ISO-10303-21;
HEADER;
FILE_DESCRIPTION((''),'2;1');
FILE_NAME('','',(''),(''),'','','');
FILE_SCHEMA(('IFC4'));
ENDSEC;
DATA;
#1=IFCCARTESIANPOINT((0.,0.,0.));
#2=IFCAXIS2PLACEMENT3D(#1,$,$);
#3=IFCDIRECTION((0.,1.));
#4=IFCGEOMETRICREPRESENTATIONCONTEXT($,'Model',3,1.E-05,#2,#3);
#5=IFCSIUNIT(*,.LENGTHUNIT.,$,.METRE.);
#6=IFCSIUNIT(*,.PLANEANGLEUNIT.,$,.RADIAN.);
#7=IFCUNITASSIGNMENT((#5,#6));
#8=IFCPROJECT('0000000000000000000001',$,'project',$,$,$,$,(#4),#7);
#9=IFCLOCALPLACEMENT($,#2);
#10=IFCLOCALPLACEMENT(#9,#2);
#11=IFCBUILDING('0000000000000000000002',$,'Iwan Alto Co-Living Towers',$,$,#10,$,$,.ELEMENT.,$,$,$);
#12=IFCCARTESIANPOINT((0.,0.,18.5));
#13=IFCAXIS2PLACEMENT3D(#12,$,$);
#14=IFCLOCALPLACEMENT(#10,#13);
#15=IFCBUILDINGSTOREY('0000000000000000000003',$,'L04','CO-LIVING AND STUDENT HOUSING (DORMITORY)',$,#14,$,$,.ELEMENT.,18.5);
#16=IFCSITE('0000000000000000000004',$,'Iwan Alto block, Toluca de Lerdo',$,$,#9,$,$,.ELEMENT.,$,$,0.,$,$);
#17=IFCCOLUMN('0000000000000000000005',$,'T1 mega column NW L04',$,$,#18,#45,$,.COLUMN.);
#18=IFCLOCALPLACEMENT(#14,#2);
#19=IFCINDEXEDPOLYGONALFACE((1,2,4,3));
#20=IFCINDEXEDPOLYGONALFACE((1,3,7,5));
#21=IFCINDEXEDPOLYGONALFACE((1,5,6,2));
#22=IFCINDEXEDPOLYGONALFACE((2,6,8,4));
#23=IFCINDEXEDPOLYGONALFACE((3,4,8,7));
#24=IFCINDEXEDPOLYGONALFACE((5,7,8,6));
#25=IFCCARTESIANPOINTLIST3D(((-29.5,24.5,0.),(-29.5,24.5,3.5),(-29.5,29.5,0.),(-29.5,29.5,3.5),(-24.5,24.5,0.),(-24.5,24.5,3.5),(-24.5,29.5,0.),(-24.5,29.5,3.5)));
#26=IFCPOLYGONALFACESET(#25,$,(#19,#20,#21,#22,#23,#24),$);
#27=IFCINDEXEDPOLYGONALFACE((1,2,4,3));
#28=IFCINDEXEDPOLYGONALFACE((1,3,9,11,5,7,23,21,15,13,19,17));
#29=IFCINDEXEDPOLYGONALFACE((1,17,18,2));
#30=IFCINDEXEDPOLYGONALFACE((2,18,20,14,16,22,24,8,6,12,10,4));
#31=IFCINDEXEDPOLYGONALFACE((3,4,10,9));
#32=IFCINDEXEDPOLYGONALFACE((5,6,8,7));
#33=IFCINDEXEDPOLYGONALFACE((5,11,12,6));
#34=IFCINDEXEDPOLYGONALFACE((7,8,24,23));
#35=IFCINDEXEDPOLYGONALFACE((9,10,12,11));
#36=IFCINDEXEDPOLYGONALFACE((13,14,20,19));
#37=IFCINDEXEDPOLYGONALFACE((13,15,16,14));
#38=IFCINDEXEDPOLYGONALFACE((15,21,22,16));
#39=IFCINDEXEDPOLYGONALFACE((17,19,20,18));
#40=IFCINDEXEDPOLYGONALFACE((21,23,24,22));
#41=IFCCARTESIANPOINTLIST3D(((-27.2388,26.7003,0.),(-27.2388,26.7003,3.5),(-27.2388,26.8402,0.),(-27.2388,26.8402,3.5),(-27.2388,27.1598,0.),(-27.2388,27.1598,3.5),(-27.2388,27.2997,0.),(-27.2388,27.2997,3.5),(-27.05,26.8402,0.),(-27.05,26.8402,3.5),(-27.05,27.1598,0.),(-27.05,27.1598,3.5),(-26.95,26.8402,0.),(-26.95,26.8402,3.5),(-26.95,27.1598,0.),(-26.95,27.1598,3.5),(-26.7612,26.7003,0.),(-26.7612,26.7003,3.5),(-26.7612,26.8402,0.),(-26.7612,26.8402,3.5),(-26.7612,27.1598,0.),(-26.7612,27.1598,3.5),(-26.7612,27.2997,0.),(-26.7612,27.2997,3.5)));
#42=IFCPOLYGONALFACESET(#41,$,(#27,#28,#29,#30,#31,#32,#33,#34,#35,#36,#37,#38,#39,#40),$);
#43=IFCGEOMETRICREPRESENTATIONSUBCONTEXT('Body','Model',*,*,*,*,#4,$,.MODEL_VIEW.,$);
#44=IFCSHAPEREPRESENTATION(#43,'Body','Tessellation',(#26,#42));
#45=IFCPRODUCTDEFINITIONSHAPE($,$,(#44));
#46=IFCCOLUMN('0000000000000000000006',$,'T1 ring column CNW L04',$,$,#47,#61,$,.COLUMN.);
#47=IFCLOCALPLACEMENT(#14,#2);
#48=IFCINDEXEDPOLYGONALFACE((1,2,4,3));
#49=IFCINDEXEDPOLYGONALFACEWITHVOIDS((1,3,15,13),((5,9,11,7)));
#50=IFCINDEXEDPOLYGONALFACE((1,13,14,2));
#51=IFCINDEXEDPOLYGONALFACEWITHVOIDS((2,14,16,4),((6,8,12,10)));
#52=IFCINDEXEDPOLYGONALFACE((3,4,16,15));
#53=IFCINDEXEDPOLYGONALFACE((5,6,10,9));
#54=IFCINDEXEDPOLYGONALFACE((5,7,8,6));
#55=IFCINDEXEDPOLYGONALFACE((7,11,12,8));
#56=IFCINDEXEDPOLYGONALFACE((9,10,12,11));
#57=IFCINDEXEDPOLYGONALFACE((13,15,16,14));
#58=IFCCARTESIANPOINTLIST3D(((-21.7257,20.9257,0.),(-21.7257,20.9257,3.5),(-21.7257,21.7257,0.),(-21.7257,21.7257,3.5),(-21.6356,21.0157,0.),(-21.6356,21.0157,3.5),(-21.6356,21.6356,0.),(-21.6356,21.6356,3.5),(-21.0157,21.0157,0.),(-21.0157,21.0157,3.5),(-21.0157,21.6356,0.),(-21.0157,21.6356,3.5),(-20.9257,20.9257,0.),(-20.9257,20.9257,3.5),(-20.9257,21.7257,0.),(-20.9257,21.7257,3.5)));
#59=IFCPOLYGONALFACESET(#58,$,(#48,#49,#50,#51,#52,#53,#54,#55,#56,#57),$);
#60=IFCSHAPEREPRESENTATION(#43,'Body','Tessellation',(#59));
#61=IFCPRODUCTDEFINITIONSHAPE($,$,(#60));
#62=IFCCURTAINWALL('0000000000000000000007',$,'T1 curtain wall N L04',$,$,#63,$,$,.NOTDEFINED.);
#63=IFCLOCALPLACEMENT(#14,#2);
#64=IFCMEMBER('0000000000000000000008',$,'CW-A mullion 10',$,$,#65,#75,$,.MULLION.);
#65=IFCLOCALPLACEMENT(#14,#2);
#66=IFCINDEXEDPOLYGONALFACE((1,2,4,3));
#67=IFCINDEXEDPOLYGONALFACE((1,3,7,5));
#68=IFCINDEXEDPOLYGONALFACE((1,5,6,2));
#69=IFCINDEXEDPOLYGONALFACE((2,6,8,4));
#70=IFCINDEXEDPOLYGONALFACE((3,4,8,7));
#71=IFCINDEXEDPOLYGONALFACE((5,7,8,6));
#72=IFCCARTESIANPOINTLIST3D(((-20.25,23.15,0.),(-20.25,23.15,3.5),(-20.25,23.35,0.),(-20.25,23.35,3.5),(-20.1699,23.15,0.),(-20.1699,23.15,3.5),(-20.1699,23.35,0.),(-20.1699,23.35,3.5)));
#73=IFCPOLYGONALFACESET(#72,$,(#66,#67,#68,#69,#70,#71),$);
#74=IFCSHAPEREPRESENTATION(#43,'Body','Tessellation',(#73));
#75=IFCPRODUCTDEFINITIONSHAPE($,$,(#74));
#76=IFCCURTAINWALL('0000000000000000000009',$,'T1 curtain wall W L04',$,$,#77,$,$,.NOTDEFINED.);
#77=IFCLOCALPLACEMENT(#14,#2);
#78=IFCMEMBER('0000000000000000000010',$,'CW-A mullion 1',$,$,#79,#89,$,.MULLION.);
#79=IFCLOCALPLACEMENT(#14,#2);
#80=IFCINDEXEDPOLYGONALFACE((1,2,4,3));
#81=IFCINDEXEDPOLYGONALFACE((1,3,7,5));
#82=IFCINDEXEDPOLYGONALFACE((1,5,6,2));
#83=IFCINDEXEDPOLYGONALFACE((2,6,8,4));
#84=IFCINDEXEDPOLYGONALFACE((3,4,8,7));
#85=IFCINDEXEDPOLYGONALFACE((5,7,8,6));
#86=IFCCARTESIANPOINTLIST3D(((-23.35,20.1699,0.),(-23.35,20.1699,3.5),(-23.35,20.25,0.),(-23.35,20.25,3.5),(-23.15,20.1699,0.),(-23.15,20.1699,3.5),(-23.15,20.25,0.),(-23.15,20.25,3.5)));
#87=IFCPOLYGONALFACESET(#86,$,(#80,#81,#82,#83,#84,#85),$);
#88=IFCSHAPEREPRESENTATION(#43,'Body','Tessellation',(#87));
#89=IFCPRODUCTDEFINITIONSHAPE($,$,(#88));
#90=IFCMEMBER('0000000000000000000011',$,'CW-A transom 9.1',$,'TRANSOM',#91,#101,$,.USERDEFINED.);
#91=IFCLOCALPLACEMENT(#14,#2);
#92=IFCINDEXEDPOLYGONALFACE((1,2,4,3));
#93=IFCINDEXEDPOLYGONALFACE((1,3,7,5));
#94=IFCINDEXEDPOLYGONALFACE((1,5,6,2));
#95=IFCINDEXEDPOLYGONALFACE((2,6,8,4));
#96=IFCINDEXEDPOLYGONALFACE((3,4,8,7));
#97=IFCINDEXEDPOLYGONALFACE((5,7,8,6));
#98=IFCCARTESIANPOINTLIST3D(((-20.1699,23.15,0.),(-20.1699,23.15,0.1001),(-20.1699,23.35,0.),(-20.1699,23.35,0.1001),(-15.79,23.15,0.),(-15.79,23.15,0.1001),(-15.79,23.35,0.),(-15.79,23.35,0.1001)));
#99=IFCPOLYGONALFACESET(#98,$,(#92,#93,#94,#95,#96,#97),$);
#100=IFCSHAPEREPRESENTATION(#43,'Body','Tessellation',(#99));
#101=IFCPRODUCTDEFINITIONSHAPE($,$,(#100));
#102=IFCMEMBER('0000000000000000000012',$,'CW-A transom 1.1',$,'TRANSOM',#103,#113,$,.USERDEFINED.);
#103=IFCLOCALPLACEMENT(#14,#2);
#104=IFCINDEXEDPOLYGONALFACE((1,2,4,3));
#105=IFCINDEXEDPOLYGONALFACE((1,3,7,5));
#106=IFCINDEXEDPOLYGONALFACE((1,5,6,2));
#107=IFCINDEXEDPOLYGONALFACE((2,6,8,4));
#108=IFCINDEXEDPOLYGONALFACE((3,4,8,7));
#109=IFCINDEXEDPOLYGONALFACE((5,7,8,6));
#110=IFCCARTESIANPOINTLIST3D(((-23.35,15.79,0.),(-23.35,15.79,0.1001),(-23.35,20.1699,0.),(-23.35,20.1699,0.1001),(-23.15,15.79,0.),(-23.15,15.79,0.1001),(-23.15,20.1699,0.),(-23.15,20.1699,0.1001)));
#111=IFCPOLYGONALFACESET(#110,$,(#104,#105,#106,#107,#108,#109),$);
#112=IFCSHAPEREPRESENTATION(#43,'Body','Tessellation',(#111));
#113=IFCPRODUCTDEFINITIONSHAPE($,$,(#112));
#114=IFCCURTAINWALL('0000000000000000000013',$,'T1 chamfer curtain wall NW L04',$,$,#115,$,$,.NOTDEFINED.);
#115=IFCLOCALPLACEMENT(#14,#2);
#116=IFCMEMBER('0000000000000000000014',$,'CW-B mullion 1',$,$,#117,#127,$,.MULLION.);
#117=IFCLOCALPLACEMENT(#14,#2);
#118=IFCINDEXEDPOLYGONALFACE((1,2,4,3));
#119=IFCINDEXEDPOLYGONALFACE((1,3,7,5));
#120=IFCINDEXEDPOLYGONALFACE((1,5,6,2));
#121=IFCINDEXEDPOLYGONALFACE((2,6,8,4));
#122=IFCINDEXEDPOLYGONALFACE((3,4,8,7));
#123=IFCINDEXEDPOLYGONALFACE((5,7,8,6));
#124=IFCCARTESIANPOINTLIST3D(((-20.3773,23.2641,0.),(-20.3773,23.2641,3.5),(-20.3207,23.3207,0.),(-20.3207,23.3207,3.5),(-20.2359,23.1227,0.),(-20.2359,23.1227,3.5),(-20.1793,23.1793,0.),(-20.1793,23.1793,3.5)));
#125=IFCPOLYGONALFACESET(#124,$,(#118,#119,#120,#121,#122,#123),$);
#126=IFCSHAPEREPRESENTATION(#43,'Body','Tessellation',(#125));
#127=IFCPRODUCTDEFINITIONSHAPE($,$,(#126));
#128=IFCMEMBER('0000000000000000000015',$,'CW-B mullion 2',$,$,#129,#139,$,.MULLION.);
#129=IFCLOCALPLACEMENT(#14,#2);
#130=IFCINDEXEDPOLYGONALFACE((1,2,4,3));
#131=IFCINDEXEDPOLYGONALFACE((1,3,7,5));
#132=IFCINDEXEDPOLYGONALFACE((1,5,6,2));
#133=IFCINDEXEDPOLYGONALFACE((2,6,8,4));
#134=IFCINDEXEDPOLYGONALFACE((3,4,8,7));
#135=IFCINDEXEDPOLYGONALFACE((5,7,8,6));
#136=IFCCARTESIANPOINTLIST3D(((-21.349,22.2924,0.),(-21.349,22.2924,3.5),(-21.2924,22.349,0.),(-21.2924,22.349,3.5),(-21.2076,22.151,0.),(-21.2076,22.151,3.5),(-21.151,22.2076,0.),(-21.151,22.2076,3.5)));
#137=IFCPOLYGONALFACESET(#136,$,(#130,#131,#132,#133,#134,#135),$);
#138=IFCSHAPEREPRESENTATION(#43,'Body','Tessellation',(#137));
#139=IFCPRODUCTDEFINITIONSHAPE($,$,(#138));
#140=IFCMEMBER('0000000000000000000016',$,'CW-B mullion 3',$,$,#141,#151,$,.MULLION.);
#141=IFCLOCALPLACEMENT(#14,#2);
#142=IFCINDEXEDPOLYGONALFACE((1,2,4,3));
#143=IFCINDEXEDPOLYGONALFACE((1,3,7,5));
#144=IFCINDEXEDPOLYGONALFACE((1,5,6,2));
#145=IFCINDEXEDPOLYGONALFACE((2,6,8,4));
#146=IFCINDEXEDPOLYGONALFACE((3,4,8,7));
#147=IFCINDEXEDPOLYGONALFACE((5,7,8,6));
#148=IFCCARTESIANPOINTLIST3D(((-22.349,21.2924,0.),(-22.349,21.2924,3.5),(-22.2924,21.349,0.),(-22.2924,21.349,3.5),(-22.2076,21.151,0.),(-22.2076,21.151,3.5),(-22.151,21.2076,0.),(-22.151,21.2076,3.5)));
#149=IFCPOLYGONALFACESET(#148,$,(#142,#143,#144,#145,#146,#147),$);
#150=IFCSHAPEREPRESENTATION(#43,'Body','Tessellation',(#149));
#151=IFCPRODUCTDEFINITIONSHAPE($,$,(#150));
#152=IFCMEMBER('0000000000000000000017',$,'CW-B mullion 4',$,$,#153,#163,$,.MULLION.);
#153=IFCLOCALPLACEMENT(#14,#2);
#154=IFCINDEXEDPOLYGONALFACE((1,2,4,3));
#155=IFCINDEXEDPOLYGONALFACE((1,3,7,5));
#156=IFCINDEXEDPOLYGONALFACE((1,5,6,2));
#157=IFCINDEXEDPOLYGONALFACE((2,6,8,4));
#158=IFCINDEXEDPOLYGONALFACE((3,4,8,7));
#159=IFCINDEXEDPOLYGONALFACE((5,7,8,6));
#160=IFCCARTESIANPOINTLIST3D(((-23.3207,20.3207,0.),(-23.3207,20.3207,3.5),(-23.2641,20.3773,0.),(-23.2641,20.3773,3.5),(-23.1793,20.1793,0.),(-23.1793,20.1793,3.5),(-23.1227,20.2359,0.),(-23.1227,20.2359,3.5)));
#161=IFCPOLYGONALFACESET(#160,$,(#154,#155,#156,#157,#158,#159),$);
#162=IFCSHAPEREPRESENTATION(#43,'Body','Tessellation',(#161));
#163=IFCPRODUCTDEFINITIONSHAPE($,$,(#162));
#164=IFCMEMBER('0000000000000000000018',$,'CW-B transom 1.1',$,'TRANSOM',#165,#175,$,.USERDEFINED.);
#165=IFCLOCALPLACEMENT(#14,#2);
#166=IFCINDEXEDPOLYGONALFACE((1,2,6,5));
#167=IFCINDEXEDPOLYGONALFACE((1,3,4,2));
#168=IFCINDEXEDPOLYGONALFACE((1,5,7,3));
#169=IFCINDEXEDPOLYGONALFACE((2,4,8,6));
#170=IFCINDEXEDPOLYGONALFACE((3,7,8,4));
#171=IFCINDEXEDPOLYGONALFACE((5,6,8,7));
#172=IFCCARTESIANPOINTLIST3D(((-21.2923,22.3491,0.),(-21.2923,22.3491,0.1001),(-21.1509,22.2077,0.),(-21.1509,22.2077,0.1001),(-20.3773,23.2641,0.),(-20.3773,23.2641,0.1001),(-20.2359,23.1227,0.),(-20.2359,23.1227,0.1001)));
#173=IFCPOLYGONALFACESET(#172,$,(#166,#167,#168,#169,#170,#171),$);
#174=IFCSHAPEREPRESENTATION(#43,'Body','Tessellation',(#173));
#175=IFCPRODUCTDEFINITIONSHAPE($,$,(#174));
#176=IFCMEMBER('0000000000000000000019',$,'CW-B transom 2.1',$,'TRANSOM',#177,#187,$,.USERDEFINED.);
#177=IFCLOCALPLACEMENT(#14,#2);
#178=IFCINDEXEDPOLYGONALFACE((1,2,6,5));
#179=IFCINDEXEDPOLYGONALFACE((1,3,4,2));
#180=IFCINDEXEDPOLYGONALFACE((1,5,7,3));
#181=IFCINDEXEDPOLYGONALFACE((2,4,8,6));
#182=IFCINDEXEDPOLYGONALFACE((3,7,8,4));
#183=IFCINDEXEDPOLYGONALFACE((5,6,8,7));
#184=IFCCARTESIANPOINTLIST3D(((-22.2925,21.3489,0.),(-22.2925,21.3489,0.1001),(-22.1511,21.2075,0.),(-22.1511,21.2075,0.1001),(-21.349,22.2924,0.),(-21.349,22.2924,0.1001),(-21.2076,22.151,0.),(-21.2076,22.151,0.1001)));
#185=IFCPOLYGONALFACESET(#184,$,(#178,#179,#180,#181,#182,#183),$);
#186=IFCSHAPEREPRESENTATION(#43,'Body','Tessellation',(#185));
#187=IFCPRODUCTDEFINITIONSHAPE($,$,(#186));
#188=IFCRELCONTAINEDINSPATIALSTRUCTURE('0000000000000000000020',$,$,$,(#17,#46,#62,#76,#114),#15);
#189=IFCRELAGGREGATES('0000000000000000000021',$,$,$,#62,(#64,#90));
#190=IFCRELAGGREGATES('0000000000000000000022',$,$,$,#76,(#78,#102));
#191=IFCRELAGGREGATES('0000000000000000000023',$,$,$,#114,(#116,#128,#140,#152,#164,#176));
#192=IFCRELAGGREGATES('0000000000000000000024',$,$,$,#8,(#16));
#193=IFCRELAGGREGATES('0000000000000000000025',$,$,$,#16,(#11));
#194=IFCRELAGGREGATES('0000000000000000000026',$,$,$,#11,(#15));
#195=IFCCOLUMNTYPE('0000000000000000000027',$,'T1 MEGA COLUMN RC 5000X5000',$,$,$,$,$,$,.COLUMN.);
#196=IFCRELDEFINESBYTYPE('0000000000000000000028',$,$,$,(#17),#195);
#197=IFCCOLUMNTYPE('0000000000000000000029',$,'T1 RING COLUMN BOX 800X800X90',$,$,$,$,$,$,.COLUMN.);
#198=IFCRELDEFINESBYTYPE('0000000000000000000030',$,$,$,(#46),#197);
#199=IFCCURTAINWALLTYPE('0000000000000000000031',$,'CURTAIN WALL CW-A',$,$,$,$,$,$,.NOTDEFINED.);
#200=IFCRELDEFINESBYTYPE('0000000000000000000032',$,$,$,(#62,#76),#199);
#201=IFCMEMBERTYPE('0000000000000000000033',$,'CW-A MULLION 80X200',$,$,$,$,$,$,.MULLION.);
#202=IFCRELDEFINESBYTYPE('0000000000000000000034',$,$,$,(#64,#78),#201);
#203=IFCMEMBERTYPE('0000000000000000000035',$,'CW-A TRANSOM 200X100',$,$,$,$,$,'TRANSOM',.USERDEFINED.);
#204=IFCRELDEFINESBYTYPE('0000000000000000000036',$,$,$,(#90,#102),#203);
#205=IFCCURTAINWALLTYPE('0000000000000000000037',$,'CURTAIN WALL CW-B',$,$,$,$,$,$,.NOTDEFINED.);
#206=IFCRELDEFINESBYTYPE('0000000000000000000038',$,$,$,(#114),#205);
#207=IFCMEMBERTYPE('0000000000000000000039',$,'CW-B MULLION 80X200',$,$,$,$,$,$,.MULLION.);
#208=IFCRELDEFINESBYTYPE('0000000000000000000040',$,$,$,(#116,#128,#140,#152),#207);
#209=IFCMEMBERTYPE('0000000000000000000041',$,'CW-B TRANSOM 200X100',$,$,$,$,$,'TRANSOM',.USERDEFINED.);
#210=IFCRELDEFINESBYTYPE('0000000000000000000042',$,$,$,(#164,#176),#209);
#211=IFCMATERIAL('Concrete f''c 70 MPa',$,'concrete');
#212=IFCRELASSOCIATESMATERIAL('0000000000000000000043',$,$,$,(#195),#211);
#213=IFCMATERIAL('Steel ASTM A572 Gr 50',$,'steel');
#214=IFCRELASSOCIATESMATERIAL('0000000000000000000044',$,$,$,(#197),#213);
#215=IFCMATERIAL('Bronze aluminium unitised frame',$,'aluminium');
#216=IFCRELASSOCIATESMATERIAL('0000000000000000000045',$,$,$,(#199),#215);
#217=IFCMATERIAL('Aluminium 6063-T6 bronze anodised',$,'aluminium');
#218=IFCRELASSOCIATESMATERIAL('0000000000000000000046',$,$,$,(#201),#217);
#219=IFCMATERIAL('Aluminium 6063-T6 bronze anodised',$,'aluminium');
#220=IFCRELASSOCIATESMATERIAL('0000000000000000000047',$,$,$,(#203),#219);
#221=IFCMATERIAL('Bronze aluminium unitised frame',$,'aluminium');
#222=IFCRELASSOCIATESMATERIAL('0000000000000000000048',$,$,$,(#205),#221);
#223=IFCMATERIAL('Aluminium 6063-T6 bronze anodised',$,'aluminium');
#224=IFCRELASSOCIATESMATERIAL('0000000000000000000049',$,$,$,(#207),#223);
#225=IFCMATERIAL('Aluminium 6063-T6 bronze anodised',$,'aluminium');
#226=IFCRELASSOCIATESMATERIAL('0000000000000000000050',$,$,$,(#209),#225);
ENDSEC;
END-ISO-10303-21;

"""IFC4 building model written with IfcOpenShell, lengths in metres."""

from ifc_helpers import new_model, si_unit, direction, frame, origin, origin_2d, place, context, subcontext, project, spatial, rectangle, hollow_rectangle, i_section, extrude, material, material_profile, profile_set, type_object, element, aggregate, save


model = new_model("IFC4")

# Units and contexts
model_context = context("Model", 3, precision=1e-05, world=origin(), true_north=direction((0.0, 1.0)))
body_context = subcontext(model_context, "Body", "Model", "MODEL_VIEW")
ifc_project = project(units=[si_unit("LENGTHUNIT", "METRE"), si_unit("PLANEANGLEUNIT", "RADIAN")], contexts=[model_context])

# Site, building, storey
site_placement = place(None, origin())
site = spatial("IfcSite", under=ifc_project, at=site_placement, Name="Iwan Alto block, Toluca de Lerdo", CompositionType="ELEMENT", RefElevation=0.0)
building_placement = place(site_placement, origin())
building = spatial("IfcBuilding", under=site, at=building_placement, Name="Iwan Alto Co-Living Towers", CompositionType="ELEMENT")
storey_placement = place(building_placement, frame((0.0, 0.0, 18.5)))
storey = spatial("IfcBuildingStorey", under=building, at=storey_placement, Name="L04", Description="CO-LIVING AND STUDENT HOUSING (DORMITORY)", CompositionType="ELEMENT", Elevation=18.5)

# Columns
ifc_material_1 = material(Name="Concrete f'c 70 MPa", Category="concrete")
ifc_material_profile_1 = material_profile(ifc_material_1, rectangle(XDim=5.0, YDim=5.0, at=origin_2d()), Name="RC 5000X5000")
ifc_profile_set_1 = profile_set([ifc_material_profile_1], Name="Concrete f'c 70 MPa")
column_type_1 = type_object("IfcColumnType", Name="T1 MEGA COLUMN RC 5000X5000", PredefinedType="COLUMN", material=ifc_profile_set_1)
column_1_placement = place(storey_placement, frame((-27.0, 27.0, 0.0), z_axis=(0.0, 0.0, 1.0), x_axis=(1.0, 0.0, 0.0)))
element("IfcColumn", 1, at=column_1_placement, inside=storey, type_object=column_type_1, Name="T1 mega column NW L04", PredefinedType="COLUMN", context=body_context, shape_type="SweptSolid", body=[
    extrude(rectangle(XDim=5.0, YDim=5.0, at=origin_2d()), origin(), (0.0, 0.0, 1.0), 3.5),
    extrude(i_section(OverallWidth=0.4775, OverallDepth=0.5994, WebThickness=0.1001, FlangeThickness=0.1399, at=origin_2d()), origin(), (0.0, 0.0, 1.0), 3.5),
])
ifc_material_2 = material(Name="Steel ASTM A572 Gr 50", Category="steel")
ifc_material_profile_2 = material_profile(ifc_material_2, hollow_rectangle(XDim=0.8, YDim=0.8, WallThickness=0.0901, at=origin_2d()), Name="BOX 800X800X90")
ifc_profile_set_2 = profile_set([ifc_material_profile_2], Name="Steel ASTM A572 Gr 50")
column_type_2 = type_object("IfcColumnType", Name="T1 RING COLUMN BOX 800X800X90", PredefinedType="COLUMN", material=ifc_profile_set_2)
column_2_placement = place(storey_placement, frame((-21.3257, 21.3257, 0.0), z_axis=(0.0, 0.0, 1.0), x_axis=(1.0, 0.0, 0.0)))
element("IfcColumn", 2, at=column_2_placement, inside=storey, type_object=column_type_2, Name="T1 ring column CNW L04", PredefinedType="COLUMN", context=body_context, shape_type="SweptSolid", body=[
    extrude(hollow_rectangle(XDim=0.8, YDim=0.8, WallThickness=0.0901, at=origin_2d()), origin(), (0.0, 0.0, 1.0), 3.5),
])

# Curtain walls, members
ifc_material_3 = material(Name="Bronze aluminium unitised frame", Category="aluminium")
curtain_wall_type_1 = type_object("IfcCurtainWallType", Name="CURTAIN WALL CW-A", PredefinedType="NOTDEFINED", material=ifc_material_3)
curtain_wall_1_placement = place(storey_placement, origin())
curtain_wall_1 = element("IfcCurtainWall", 3, at=curtain_wall_1_placement, inside=storey, type_object=curtain_wall_type_1, Name="T1 curtain wall N L04", PredefinedType="NOTDEFINED")
ifc_material_4 = material(Name="Aluminium 6063-T6 bronze anodised", Category="aluminium")
ifc_material_profile_3 = material_profile(ifc_material_4, rectangle(XDim=0.2, YDim=0.0801, at=origin_2d()), Name="AL 80X200")
ifc_profile_set_3 = profile_set([ifc_material_profile_3], Name="Aluminium 6063-T6 bronze anodised")
member_type_1 = type_object("IfcMemberType", Name="CW-A MULLION 80X200", PredefinedType="MULLION", material=ifc_profile_set_3)
member_1_placement = place(storey_placement, frame((-20.21, 23.25, 0.0), z_axis=(0.0, 0.0, 1.0), x_axis=(0.0, -1.0, 0.0)))
member_1 = element("IfcMember", 4, at=member_1_placement, type_object=member_type_1, Name="CW-A mullion 10", PredefinedType="MULLION", context=body_context, shape_type="SweptSolid", body=[
    extrude(rectangle(XDim=0.2, YDim=0.0801, at=origin_2d()), origin(), (0.0, 0.0, 1.0), 3.5),
])
curtain_wall_2_placement = place(storey_placement, origin())
curtain_wall_2 = element("IfcCurtainWall", 5, at=curtain_wall_2_placement, inside=storey, type_object=curtain_wall_type_1, Name="T1 curtain wall W L04", PredefinedType="NOTDEFINED")
member_2_placement = place(storey_placement, frame((-23.25, 20.21, 0.0), z_axis=(0.0, 0.0, 1.0), x_axis=(1.0, 0.0, 0.0)))
member_2 = element("IfcMember", 6, at=member_2_placement, type_object=member_type_1, Name="CW-A mullion 1", PredefinedType="MULLION", context=body_context, shape_type="SweptSolid", body=[
    extrude(rectangle(XDim=0.2, YDim=0.0801, at=origin_2d()), origin(), (0.0, 0.0, 1.0), 3.5),
])

# Members
ifc_material_5 = material(Name="Aluminium 6063-T6 bronze anodised", Category="aluminium")
ifc_material_profile_4 = material_profile(ifc_material_5, rectangle(XDim=0.2, YDim=0.1001, at=origin_2d()), Name="AL 200X100")
ifc_profile_set_4 = profile_set([ifc_material_profile_4], Name="Aluminium 6063-T6 bronze anodised")
member_type_2 = type_object("IfcMemberType", Name="CW-A TRANSOM 200X100", ElementType="TRANSOM", PredefinedType="USERDEFINED", material=ifc_profile_set_4)
member_3_placement = place(storey_placement, frame((-15.79, 23.25, 0.05), z_axis=(-1.0, 0.0, 0.0), x_axis=(0.0, -1.0, 0.0)))
member_3 = element("IfcMember", 7, at=member_3_placement, type_object=member_type_2, Name="CW-A transom 9.1", ObjectType="TRANSOM", PredefinedType="USERDEFINED", context=body_context, shape_type="SweptSolid", body=[
    extrude(rectangle(XDim=0.2, YDim=0.1001, at=origin_2d()), origin(), (0.0, 0.0, 1.0), 4.3799),
])
member_4_placement = place(storey_placement, frame((-23.25, 20.1699, 0.05), z_axis=(0.0, -1.0, 0.0), x_axis=(1.0, 0.0, 0.0)))
member_4 = element("IfcMember", 8, at=member_4_placement, type_object=member_type_2, Name="CW-A transom 1.1", ObjectType="TRANSOM", PredefinedType="USERDEFINED", context=body_context, shape_type="SweptSolid", body=[
    extrude(rectangle(XDim=0.2, YDim=0.1001, at=origin_2d()), origin(), (0.0, 0.0, 1.0), 4.3799),
])

# Curtain wall, members
ifc_material_6 = material(Name="Bronze aluminium unitised frame", Category="aluminium")
curtain_wall_type_2 = type_object("IfcCurtainWallType", Name="CURTAIN WALL CW-B", PredefinedType="NOTDEFINED", material=ifc_material_6)
curtain_wall_3_placement = place(storey_placement, origin())
curtain_wall_3 = element("IfcCurtainWall", 9, at=curtain_wall_3_placement, inside=storey, type_object=curtain_wall_type_2, Name="T1 chamfer curtain wall NW L04", PredefinedType="NOTDEFINED")
ifc_material_7 = material(Name="Aluminium 6063-T6 bronze anodised", Category="aluminium")
ifc_material_profile_5 = material_profile(ifc_material_7, rectangle(XDim=0.2, YDim=0.0801, at=origin_2d()), Name="AL 80X200")
ifc_profile_set_5 = profile_set([ifc_material_profile_5], Name="Aluminium 6063-T6 bronze anodised")
member_type_3 = type_object("IfcMemberType", Name="CW-B MULLION 80X200", PredefinedType="MULLION", material=ifc_profile_set_5)
member_5_placement = place(storey_placement, frame((-20.2783, 23.2217, 0.0), z_axis=(0.0, 0.0, 1.0), x_axis=(0.707107, -0.707107, 0.0)))
member_5 = element("IfcMember", 10, at=member_5_placement, type_object=member_type_3, Name="CW-B mullion 1", PredefinedType="MULLION", context=body_context, shape_type="SweptSolid", body=[
    extrude(rectangle(XDim=0.2, YDim=0.0801, at=origin_2d()), origin(), (0.0, 0.0, 1.0), 3.5),
])
member_6_placement = place(storey_placement, frame((-21.25, 22.25, 0.0), z_axis=(0.0, 0.0, 1.0), x_axis=(0.707107, -0.707107, 0.0)))
member_6 = element("IfcMember", 11, at=member_6_placement, type_object=member_type_3, Name="CW-B mullion 2", PredefinedType="MULLION", context=body_context, shape_type="SweptSolid", body=[
    extrude(rectangle(XDim=0.2, YDim=0.0801, at=origin_2d()), origin(), (0.0, 0.0, 1.0), 3.5),
])
member_7_placement = place(storey_placement, frame((-22.25, 21.25, 0.0), z_axis=(0.0, 0.0, 1.0), x_axis=(0.707107, -0.707107, 0.0)))
member_7 = element("IfcMember", 12, at=member_7_placement, type_object=member_type_3, Name="CW-B mullion 3", PredefinedType="MULLION", context=body_context, shape_type="SweptSolid", body=[
    extrude(rectangle(XDim=0.2, YDim=0.0801, at=origin_2d()), origin(), (0.0, 0.0, 1.0), 3.5),
])
member_8_placement = place(storey_placement, frame((-23.2217, 20.2783, 0.0), z_axis=(0.0, 0.0, 1.0), x_axis=(0.707107, -0.707107, 0.0)))
member_8 = element("IfcMember", 13, at=member_8_placement, type_object=member_type_3, Name="CW-B mullion 4", PredefinedType="MULLION", context=body_context, shape_type="SweptSolid", body=[
    extrude(rectangle(XDim=0.2, YDim=0.0801, at=origin_2d()), origin(), (0.0, 0.0, 1.0), 3.5),
])
ifc_material_8 = material(Name="Aluminium 6063-T6 bronze anodised", Category="aluminium")
ifc_material_profile_6 = material_profile(ifc_material_8, rectangle(XDim=0.2, YDim=0.1001, at=origin_2d()), Name="AL 200X100")
ifc_profile_set_6 = profile_set([ifc_material_profile_6], Name="Aluminium 6063-T6 bronze anodised")
member_type_4 = type_object("IfcMemberType", Name="CW-B TRANSOM 200X100", ElementType="TRANSOM", PredefinedType="USERDEFINED", material=ifc_profile_set_6)
member_9_placement = place(storey_placement, frame((-20.3066, 23.1934, 0.05), z_axis=(-0.707107, -0.707107, 0.0), x_axis=(0.707107, -0.707107, 0.0)))
member_9 = element("IfcMember", 14, at=member_9_placement, type_object=member_type_4, Name="CW-B transom 1.1", ObjectType="TRANSOM", PredefinedType="USERDEFINED", context=body_context, shape_type="SweptSolid", body=[
    extrude(rectangle(XDim=0.2, YDim=0.1001, at=origin_2d()), origin(), (0.0, 0.0, 1.0), 1.2939),
])
member_10_placement = place(storey_placement, frame((-21.2783, 22.2217, 0.05), z_axis=(-0.707107, -0.707107, 0.0), x_axis=(0.707107, -0.707107, 0.0)))
member_10 = element("IfcMember", 15, at=member_10_placement, type_object=member_type_4, Name="CW-B transom 2.1", ObjectType="TRANSOM", PredefinedType="USERDEFINED", context=body_context, shape_type="SweptSolid", body=[
    extrude(rectangle(XDim=0.2, YDim=0.1001, at=origin_2d()), origin(), (0.0, 0.0, 1.0), 1.3342),
])

aggregate(curtain_wall_1, [member_1, member_3])
aggregate(curtain_wall_2, [member_2, member_4])
aggregate(curtain_wall_3, [member_5, member_6, member_7, member_8, member_9, member_10])

save(model, "model.ifc")
